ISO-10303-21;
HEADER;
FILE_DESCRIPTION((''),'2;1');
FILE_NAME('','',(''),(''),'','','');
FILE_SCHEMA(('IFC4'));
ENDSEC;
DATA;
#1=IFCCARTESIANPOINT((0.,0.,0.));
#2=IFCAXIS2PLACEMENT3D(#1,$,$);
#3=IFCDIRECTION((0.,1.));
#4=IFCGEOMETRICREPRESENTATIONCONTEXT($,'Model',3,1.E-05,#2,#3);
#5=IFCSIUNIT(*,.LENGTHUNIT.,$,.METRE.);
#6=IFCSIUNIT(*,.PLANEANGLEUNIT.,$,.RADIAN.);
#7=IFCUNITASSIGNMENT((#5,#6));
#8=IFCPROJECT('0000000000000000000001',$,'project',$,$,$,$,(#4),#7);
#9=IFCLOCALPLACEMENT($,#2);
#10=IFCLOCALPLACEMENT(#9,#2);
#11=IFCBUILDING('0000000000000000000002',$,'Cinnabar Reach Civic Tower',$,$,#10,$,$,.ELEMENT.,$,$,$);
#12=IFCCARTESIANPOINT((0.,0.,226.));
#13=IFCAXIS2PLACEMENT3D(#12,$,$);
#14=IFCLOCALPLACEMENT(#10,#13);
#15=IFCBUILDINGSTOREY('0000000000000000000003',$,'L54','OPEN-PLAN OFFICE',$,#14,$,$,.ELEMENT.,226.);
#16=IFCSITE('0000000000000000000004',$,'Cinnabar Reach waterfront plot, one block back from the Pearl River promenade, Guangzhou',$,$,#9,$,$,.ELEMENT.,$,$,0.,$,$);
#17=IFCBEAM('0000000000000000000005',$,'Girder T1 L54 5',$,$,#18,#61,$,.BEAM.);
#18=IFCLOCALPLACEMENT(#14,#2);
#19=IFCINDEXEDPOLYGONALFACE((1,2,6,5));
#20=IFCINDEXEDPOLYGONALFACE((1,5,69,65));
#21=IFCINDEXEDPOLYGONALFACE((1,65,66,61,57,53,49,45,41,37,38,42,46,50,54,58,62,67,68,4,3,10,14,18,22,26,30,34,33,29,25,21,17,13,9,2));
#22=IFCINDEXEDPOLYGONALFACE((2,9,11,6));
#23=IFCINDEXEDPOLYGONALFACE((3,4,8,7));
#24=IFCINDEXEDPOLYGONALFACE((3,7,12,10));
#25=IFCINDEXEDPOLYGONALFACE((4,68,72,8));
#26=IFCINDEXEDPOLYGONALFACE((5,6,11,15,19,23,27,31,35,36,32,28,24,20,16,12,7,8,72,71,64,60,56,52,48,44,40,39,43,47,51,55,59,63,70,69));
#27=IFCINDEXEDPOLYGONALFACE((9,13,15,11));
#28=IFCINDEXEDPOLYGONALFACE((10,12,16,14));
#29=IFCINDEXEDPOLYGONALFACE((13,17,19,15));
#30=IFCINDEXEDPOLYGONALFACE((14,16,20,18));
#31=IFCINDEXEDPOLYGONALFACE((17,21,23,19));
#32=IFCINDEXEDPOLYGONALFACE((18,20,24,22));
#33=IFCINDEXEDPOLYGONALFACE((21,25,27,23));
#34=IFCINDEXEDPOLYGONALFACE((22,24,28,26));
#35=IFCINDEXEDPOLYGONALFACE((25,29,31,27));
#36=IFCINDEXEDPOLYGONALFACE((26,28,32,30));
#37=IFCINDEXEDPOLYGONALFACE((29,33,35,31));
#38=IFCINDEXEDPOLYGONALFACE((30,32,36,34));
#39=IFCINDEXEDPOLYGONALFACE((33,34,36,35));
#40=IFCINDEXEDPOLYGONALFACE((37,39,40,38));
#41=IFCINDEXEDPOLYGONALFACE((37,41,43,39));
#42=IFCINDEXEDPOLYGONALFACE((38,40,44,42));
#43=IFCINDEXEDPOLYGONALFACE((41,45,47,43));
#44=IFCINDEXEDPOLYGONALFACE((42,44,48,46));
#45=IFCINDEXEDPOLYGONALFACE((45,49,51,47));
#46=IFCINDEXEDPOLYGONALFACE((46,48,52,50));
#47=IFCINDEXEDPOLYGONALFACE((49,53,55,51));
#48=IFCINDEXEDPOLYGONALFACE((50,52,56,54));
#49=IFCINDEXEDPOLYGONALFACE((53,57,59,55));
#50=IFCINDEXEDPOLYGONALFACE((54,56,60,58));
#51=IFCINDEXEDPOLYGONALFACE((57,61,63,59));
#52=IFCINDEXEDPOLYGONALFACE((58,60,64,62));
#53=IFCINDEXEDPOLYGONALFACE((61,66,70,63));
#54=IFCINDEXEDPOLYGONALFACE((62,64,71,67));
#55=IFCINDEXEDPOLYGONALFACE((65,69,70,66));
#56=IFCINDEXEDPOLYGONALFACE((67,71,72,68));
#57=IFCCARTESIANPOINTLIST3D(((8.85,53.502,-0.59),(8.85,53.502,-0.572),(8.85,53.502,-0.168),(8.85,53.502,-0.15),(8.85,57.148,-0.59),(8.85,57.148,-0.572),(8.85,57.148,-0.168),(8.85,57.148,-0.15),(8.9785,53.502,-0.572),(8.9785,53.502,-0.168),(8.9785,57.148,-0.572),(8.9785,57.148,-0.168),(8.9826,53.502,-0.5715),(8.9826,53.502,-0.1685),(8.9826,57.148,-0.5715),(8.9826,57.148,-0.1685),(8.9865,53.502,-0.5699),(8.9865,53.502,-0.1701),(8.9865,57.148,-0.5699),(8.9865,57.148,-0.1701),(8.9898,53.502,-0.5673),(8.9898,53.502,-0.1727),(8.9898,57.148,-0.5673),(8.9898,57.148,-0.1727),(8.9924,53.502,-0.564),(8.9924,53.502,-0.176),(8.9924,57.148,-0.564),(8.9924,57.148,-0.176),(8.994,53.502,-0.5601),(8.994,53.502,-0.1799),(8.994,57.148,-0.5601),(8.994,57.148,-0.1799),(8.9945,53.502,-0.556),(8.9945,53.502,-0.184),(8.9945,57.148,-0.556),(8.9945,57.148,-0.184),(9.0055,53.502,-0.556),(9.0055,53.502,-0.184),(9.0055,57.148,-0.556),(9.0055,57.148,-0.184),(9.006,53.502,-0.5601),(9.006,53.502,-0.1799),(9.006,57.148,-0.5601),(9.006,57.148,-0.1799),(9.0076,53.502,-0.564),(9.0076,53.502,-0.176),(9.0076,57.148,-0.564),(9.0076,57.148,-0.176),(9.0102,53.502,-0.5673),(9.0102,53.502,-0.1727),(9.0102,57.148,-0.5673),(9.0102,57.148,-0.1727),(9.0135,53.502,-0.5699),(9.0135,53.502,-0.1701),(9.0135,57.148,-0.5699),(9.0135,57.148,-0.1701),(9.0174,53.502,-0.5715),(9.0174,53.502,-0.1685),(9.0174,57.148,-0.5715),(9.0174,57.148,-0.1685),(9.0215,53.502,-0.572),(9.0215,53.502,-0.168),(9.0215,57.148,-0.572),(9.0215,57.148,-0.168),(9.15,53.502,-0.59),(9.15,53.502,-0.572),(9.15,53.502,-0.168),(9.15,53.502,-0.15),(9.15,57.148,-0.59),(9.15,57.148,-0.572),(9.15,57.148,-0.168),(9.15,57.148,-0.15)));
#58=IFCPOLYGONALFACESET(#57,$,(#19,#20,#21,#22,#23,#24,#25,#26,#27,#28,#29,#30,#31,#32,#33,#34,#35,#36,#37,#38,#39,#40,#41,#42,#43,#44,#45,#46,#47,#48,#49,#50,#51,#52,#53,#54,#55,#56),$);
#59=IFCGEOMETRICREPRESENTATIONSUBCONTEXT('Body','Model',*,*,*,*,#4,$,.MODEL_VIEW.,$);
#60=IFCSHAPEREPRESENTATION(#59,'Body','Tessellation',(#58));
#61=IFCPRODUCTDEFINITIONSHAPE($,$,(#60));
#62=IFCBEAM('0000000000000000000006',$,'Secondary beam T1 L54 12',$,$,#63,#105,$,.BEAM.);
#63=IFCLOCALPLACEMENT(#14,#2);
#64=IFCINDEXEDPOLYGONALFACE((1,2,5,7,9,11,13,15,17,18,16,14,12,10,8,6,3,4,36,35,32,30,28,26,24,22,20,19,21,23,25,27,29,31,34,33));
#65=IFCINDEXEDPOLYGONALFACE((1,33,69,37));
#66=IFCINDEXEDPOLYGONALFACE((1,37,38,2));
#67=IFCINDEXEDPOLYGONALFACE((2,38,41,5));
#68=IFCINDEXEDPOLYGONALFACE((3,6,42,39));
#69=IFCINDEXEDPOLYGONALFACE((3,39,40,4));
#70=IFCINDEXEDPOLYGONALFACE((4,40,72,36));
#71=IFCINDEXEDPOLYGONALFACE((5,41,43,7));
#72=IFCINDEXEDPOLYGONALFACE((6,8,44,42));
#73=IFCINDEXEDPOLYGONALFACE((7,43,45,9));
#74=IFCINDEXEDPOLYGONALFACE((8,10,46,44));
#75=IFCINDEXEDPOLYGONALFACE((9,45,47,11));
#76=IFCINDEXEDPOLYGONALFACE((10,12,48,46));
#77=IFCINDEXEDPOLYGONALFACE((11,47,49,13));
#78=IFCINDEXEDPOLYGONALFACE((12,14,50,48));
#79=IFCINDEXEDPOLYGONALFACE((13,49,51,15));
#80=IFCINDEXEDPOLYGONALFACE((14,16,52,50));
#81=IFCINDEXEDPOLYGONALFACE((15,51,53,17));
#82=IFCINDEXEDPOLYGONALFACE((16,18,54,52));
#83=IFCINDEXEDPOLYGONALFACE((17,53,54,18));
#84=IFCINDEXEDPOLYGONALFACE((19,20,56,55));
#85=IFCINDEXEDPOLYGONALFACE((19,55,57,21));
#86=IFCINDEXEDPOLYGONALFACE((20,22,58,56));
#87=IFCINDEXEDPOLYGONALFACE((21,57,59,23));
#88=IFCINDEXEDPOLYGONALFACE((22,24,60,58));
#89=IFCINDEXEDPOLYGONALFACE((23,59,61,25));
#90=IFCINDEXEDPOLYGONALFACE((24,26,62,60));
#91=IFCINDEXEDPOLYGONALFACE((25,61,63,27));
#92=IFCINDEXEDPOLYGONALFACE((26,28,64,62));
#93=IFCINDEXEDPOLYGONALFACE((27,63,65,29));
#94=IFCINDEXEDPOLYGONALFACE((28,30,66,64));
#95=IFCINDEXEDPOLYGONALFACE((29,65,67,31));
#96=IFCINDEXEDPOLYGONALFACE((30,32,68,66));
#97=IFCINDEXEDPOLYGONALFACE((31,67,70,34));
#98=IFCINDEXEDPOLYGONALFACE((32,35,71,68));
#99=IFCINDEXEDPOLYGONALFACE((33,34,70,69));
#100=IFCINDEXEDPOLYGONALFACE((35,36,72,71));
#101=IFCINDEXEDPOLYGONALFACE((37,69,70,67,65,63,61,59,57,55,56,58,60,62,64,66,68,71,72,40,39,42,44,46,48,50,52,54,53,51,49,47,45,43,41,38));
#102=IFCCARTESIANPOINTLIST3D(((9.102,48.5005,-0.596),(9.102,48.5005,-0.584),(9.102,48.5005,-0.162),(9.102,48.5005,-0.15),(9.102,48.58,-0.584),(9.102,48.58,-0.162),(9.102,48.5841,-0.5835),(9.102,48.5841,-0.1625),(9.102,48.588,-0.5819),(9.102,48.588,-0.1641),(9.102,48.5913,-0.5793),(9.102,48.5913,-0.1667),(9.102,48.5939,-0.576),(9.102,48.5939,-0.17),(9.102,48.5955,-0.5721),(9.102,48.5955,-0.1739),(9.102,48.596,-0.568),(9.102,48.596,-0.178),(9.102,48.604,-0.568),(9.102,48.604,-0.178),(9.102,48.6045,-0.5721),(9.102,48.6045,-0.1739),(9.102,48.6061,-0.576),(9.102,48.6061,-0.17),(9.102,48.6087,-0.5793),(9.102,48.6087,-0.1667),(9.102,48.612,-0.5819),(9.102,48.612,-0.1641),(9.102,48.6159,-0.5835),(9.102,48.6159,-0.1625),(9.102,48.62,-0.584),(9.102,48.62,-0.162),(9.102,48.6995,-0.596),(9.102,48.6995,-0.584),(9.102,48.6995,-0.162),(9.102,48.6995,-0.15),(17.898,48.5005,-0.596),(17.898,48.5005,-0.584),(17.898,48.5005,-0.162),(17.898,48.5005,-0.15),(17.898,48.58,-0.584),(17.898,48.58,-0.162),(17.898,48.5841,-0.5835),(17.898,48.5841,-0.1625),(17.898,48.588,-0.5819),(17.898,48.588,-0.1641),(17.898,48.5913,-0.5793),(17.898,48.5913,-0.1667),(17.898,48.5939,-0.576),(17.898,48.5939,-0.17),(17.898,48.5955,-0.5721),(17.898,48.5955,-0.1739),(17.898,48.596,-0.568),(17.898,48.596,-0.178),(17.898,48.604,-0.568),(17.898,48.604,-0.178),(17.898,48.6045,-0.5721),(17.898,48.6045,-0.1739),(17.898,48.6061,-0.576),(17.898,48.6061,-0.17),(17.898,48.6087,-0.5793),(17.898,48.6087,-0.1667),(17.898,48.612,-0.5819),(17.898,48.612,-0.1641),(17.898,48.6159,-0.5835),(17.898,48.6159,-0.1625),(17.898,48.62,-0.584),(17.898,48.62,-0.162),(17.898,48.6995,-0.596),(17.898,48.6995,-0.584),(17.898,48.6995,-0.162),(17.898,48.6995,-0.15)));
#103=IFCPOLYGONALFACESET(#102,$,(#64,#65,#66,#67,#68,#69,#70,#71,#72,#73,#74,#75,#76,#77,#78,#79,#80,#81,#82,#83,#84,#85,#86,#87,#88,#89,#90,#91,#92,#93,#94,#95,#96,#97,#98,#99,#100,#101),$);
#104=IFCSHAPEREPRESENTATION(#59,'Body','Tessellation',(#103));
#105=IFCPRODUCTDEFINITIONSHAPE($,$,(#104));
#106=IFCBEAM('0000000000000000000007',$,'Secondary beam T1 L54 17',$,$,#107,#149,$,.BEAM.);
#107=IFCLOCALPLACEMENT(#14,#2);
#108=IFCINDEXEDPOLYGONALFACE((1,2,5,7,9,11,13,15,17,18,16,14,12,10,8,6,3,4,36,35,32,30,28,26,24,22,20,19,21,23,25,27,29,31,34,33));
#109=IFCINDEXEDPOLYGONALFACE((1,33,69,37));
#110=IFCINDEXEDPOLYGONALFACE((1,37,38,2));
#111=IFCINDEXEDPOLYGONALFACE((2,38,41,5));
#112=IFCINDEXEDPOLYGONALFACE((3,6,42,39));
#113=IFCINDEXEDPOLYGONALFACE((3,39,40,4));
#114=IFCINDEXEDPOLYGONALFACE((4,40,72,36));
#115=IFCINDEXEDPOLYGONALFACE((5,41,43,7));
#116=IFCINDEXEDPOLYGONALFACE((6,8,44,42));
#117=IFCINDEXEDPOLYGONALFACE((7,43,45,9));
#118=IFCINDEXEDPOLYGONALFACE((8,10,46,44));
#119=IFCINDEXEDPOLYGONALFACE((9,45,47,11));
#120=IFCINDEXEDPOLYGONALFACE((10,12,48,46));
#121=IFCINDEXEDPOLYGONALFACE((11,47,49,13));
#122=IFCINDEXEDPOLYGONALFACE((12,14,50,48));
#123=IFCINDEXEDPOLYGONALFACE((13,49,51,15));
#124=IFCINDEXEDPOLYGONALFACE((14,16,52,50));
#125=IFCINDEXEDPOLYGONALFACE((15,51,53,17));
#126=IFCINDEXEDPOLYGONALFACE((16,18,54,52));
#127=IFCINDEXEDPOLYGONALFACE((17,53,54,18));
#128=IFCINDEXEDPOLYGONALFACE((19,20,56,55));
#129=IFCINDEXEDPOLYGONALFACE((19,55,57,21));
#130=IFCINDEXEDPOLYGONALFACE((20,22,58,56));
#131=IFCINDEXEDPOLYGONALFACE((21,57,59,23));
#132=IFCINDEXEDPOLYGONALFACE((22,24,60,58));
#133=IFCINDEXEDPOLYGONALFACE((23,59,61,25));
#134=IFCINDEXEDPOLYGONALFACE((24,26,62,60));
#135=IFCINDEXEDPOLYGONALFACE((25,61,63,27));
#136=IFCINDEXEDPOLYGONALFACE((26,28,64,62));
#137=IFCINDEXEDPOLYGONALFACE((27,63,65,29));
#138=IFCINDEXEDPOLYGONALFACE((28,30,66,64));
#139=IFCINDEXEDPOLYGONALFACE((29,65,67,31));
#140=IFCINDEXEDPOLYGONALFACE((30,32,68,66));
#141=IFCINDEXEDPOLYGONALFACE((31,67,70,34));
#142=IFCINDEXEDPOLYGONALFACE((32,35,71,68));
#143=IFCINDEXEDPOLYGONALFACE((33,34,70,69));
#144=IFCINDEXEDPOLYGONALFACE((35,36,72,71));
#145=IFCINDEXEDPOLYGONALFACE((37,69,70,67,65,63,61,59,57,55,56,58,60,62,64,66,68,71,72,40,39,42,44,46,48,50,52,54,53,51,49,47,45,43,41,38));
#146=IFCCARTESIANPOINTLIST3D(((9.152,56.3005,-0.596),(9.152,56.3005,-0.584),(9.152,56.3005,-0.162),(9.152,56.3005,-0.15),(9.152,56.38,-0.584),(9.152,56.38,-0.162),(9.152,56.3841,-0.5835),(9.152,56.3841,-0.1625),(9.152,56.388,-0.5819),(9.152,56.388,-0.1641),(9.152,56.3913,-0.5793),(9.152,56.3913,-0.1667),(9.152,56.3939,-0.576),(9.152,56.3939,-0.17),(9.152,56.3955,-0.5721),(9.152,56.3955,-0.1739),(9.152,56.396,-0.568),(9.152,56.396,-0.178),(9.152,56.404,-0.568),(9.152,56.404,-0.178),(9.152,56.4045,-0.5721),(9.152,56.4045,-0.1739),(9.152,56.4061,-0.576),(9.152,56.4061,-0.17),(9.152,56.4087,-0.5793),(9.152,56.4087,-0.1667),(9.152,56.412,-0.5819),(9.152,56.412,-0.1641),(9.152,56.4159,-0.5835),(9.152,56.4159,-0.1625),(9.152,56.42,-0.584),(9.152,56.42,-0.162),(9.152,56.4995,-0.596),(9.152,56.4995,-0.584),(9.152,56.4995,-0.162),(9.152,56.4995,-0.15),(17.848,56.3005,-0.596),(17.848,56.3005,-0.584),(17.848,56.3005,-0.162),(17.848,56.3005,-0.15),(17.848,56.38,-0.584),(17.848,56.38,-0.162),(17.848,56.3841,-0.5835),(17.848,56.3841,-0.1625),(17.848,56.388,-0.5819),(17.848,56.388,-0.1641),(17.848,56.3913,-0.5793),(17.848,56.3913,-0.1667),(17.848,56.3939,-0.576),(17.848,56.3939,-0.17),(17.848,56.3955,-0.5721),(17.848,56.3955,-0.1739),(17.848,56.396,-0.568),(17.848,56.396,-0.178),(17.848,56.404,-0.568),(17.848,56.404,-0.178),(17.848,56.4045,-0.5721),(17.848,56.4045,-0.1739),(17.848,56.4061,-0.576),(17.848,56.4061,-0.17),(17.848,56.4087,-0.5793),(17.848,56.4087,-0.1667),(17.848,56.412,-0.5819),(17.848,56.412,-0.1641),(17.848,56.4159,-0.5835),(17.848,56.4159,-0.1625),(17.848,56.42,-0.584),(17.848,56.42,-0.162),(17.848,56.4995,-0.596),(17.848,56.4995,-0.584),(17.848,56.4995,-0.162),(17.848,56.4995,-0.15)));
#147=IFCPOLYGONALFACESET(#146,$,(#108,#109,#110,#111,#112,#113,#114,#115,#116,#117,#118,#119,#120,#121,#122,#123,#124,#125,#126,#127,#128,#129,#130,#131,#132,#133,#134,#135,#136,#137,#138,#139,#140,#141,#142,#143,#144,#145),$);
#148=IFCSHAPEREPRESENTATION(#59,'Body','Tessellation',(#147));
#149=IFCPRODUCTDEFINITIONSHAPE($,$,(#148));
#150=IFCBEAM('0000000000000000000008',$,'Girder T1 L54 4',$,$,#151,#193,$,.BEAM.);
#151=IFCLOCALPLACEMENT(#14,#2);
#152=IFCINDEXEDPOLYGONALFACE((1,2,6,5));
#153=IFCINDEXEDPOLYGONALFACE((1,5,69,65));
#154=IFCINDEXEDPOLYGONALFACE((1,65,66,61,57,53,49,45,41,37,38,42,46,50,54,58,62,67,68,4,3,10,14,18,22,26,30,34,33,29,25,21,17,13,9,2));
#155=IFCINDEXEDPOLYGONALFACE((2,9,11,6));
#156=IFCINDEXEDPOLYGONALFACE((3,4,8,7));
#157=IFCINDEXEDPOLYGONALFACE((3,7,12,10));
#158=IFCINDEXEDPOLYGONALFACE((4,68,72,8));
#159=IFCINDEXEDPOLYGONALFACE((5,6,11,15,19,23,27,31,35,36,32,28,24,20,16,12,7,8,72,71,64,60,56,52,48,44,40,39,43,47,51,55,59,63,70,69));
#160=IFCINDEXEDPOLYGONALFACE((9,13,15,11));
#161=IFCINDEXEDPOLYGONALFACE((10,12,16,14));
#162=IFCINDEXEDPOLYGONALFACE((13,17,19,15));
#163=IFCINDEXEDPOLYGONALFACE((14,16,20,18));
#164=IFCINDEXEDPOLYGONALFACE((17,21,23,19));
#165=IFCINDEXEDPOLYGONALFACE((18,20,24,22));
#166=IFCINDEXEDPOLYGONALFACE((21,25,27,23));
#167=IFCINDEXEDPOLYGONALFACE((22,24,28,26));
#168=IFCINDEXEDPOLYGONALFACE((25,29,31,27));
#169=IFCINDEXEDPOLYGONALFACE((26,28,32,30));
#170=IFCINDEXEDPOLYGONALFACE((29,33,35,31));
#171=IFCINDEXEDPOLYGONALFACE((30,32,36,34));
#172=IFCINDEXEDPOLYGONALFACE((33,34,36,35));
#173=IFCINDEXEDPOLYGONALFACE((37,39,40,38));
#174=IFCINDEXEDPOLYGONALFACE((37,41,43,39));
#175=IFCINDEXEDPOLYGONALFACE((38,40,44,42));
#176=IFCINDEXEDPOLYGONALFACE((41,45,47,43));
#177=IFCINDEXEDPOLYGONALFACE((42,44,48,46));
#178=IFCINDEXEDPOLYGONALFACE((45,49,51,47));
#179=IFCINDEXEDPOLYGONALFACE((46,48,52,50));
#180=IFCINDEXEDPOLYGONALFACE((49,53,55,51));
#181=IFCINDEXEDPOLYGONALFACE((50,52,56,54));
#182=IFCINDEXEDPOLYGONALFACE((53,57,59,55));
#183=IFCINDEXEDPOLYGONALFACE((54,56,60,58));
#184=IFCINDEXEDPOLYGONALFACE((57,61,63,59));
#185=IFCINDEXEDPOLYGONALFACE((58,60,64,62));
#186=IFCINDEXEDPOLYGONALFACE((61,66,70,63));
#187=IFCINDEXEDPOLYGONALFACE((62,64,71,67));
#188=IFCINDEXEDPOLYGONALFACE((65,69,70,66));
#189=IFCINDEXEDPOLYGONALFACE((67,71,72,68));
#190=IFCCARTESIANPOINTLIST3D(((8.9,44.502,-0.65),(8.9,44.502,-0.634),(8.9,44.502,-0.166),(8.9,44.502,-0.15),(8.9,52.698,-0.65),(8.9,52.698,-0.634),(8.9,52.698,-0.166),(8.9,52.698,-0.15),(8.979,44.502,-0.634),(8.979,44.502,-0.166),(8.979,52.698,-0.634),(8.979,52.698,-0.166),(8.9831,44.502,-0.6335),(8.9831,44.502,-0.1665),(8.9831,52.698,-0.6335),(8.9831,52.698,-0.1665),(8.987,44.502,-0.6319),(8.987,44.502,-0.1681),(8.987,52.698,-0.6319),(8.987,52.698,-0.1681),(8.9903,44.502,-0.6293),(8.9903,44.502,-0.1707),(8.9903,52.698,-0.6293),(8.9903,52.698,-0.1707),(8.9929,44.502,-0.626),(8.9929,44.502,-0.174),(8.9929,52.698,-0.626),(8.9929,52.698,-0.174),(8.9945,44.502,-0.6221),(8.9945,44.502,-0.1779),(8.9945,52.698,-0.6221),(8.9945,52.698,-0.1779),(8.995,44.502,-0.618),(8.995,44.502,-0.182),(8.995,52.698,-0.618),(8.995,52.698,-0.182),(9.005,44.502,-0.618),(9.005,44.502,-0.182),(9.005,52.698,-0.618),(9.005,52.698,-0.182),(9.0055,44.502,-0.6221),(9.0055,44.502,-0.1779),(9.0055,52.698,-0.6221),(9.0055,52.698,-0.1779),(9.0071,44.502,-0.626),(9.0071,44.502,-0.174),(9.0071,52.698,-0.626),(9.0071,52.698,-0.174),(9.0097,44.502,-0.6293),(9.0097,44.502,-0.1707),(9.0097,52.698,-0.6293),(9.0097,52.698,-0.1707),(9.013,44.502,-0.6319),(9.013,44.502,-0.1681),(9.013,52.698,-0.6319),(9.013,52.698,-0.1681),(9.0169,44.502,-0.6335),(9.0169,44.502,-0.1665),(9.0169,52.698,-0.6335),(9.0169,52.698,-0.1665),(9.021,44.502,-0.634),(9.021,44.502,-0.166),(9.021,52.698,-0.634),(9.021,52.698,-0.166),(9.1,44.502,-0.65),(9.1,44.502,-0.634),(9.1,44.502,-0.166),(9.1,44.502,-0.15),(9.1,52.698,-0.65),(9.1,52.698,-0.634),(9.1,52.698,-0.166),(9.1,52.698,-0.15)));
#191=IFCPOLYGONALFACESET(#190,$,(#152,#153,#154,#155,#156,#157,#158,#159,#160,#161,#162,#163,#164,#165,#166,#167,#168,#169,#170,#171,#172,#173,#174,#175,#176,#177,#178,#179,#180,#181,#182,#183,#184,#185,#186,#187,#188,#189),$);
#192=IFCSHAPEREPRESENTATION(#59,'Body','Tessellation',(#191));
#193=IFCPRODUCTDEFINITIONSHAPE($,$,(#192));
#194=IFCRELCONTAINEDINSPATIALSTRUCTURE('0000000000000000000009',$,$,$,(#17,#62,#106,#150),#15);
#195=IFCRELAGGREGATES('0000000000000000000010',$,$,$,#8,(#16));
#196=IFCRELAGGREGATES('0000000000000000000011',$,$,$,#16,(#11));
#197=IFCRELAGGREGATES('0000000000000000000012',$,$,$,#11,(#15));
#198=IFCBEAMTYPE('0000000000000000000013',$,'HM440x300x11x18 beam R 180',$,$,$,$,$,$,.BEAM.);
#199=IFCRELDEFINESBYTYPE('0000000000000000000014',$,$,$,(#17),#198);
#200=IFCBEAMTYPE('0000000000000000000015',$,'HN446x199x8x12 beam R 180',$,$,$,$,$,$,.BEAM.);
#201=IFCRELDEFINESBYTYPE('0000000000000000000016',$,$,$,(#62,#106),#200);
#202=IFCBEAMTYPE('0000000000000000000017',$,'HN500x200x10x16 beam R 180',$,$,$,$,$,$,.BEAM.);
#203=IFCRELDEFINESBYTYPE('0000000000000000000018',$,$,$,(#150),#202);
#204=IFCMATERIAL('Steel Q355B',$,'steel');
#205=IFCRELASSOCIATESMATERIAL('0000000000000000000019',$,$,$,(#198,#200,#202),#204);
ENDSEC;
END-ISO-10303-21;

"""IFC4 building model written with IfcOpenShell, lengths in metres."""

from ifc_helpers import new_model, si_unit, direction, frame, origin, origin_2d, place, context, subcontext, project, spatial, i_section, extrude, material, material_profile, profile_set, type_object, element, save


model = new_model("IFC4")

# Units and contexts
model_context = context("Model", 3, precision=1e-05, world=origin(), true_north=direction((0.0, 1.0)))
body_context = subcontext(model_context, "Body", "Model", "MODEL_VIEW")
ifc_project = project(units=[si_unit("LENGTHUNIT", "METRE"), si_unit("PLANEANGLEUNIT", "RADIAN")], contexts=[model_context])

# Site, building, storey
site_placement = place(None, origin())
site = spatial("IfcSite", under=ifc_project, at=site_placement, Name="Cinnabar Reach waterfront plot, one block back from the Pearl River promenade, Guangzhou", CompositionType="ELEMENT", RefElevation=0.0)
building_placement = place(site_placement, origin())
building = spatial("IfcBuilding", under=site, at=building_placement, Name="Cinnabar Reach Civic Tower", CompositionType="ELEMENT")
storey_placement = place(building_placement, frame((0.0, 0.0, 226.0)))
storey = spatial("IfcBuildingStorey", under=building, at=storey_placement, Name="L54", Description="OPEN-PLAN OFFICE", CompositionType="ELEMENT", Elevation=226.0)

# Beams
ifc_material_1 = material(Name="Steel Q355B", Category="steel")
ifc_material_profile_1 = material_profile(ifc_material_1, i_section(OverallWidth=0.3, OverallDepth=0.44, WebThickness=0.011, FlangeThickness=0.018, FilletRadius=0.016, at=origin_2d()), Name="HM440x300x11x18")
ifc_profile_set_1 = profile_set([ifc_material_profile_1], Name="Steel Q355B")
beam_type_1 = type_object("IfcBeamType", Name="HM440x300x11x18 beam R 180", PredefinedType="BEAM", material=ifc_profile_set_1)
beam_1_placement = place(storey_placement, frame((9.0, 53.502, -0.37), z_axis=(0.0, 1.0, 0.0), x_axis=(-1.0, 0.0, 0.0)))
element("IfcBeam", 1, at=beam_1_placement, inside=storey, type_object=beam_type_1, Name="Girder T1 L54 5", PredefinedType="BEAM", context=body_context, shape_type="SweptSolid", body=[
    extrude(i_section(OverallWidth=0.3, OverallDepth=0.44, WebThickness=0.011, FlangeThickness=0.018, FilletRadius=0.016, at=origin_2d()), origin(), (0.0, 0.0, 1.0), 3.646),
])
ifc_material_profile_2 = material_profile(ifc_material_1, i_section(OverallWidth=0.199, OverallDepth=0.446, WebThickness=0.008, FlangeThickness=0.012, FilletRadius=0.016, at=origin_2d()), Name="HN446x199x8x12")
ifc_profile_set_2 = profile_set([ifc_material_profile_2], Name="Steel Q355B")
beam_type_2 = type_object("IfcBeamType", Name="HN446x199x8x12 beam R 180", PredefinedType="BEAM", material=ifc_profile_set_2)
beam_2_placement = place(storey_placement, frame((9.102, 48.6, -0.373), z_axis=(1.0, 0.0, 0.0), x_axis=(0.0, 1.0, 0.0)))
element("IfcBeam", 2, at=beam_2_placement, inside=storey, type_object=beam_type_2, Name="Secondary beam T1 L54 12", PredefinedType="BEAM", context=body_context, shape_type="SweptSolid", body=[
    extrude(i_section(OverallWidth=0.199, OverallDepth=0.446, WebThickness=0.008, FlangeThickness=0.012, FilletRadius=0.016, at=origin_2d()), origin(), (0.0, 0.0, 1.0), 8.796),
])
beam_3_placement = place(storey_placement, frame((9.152, 56.4, -0.373), z_axis=(1.0, 0.0, 0.0), x_axis=(0.0, 1.0, 0.0)))
element("IfcBeam", 3, at=beam_3_placement, inside=storey, type_object=beam_type_2, Name="Secondary beam T1 L54 17", PredefinedType="BEAM", context=body_context, shape_type="SweptSolid", body=[
    extrude(i_section(OverallWidth=0.199, OverallDepth=0.446, WebThickness=0.008, FlangeThickness=0.012, FilletRadius=0.016, at=origin_2d()), origin(), (0.0, 0.0, 1.0), 8.696),
])
ifc_material_profile_3 = material_profile(ifc_material_1, i_section(OverallWidth=0.2, OverallDepth=0.5, WebThickness=0.01, FlangeThickness=0.016, FilletRadius=0.016, at=origin_2d()), Name="HN500x200x10x16")
ifc_profile_set_3 = profile_set([ifc_material_profile_3], Name="Steel Q355B")
beam_type_3 = type_object("IfcBeamType", Name="HN500x200x10x16 beam R 180", PredefinedType="BEAM", material=ifc_profile_set_3)
for number, where, z_axis, x_axis, name in (
    (4, (9.0, 44.502, -0.4), (0.0, 1.0, 0.0), (-1.0, 0.0, 0.0), "Girder T1 L54 4"),
):
    element("IfcBeam", number, at=place(storey_placement, frame(where, z_axis=z_axis, x_axis=x_axis)), inside=storey, type_object=beam_type_3, Name=name, PredefinedType="BEAM", context=body_context, shape_type="SweptSolid", body=[
        extrude(i_section(OverallWidth=0.2, OverallDepth=0.5, WebThickness=0.01, FlangeThickness=0.016, FilletRadius=0.016, at=origin_2d()), origin(), (0.0, 0.0, 1.0), 8.196),
    ])

save(model, "model.ifc")
